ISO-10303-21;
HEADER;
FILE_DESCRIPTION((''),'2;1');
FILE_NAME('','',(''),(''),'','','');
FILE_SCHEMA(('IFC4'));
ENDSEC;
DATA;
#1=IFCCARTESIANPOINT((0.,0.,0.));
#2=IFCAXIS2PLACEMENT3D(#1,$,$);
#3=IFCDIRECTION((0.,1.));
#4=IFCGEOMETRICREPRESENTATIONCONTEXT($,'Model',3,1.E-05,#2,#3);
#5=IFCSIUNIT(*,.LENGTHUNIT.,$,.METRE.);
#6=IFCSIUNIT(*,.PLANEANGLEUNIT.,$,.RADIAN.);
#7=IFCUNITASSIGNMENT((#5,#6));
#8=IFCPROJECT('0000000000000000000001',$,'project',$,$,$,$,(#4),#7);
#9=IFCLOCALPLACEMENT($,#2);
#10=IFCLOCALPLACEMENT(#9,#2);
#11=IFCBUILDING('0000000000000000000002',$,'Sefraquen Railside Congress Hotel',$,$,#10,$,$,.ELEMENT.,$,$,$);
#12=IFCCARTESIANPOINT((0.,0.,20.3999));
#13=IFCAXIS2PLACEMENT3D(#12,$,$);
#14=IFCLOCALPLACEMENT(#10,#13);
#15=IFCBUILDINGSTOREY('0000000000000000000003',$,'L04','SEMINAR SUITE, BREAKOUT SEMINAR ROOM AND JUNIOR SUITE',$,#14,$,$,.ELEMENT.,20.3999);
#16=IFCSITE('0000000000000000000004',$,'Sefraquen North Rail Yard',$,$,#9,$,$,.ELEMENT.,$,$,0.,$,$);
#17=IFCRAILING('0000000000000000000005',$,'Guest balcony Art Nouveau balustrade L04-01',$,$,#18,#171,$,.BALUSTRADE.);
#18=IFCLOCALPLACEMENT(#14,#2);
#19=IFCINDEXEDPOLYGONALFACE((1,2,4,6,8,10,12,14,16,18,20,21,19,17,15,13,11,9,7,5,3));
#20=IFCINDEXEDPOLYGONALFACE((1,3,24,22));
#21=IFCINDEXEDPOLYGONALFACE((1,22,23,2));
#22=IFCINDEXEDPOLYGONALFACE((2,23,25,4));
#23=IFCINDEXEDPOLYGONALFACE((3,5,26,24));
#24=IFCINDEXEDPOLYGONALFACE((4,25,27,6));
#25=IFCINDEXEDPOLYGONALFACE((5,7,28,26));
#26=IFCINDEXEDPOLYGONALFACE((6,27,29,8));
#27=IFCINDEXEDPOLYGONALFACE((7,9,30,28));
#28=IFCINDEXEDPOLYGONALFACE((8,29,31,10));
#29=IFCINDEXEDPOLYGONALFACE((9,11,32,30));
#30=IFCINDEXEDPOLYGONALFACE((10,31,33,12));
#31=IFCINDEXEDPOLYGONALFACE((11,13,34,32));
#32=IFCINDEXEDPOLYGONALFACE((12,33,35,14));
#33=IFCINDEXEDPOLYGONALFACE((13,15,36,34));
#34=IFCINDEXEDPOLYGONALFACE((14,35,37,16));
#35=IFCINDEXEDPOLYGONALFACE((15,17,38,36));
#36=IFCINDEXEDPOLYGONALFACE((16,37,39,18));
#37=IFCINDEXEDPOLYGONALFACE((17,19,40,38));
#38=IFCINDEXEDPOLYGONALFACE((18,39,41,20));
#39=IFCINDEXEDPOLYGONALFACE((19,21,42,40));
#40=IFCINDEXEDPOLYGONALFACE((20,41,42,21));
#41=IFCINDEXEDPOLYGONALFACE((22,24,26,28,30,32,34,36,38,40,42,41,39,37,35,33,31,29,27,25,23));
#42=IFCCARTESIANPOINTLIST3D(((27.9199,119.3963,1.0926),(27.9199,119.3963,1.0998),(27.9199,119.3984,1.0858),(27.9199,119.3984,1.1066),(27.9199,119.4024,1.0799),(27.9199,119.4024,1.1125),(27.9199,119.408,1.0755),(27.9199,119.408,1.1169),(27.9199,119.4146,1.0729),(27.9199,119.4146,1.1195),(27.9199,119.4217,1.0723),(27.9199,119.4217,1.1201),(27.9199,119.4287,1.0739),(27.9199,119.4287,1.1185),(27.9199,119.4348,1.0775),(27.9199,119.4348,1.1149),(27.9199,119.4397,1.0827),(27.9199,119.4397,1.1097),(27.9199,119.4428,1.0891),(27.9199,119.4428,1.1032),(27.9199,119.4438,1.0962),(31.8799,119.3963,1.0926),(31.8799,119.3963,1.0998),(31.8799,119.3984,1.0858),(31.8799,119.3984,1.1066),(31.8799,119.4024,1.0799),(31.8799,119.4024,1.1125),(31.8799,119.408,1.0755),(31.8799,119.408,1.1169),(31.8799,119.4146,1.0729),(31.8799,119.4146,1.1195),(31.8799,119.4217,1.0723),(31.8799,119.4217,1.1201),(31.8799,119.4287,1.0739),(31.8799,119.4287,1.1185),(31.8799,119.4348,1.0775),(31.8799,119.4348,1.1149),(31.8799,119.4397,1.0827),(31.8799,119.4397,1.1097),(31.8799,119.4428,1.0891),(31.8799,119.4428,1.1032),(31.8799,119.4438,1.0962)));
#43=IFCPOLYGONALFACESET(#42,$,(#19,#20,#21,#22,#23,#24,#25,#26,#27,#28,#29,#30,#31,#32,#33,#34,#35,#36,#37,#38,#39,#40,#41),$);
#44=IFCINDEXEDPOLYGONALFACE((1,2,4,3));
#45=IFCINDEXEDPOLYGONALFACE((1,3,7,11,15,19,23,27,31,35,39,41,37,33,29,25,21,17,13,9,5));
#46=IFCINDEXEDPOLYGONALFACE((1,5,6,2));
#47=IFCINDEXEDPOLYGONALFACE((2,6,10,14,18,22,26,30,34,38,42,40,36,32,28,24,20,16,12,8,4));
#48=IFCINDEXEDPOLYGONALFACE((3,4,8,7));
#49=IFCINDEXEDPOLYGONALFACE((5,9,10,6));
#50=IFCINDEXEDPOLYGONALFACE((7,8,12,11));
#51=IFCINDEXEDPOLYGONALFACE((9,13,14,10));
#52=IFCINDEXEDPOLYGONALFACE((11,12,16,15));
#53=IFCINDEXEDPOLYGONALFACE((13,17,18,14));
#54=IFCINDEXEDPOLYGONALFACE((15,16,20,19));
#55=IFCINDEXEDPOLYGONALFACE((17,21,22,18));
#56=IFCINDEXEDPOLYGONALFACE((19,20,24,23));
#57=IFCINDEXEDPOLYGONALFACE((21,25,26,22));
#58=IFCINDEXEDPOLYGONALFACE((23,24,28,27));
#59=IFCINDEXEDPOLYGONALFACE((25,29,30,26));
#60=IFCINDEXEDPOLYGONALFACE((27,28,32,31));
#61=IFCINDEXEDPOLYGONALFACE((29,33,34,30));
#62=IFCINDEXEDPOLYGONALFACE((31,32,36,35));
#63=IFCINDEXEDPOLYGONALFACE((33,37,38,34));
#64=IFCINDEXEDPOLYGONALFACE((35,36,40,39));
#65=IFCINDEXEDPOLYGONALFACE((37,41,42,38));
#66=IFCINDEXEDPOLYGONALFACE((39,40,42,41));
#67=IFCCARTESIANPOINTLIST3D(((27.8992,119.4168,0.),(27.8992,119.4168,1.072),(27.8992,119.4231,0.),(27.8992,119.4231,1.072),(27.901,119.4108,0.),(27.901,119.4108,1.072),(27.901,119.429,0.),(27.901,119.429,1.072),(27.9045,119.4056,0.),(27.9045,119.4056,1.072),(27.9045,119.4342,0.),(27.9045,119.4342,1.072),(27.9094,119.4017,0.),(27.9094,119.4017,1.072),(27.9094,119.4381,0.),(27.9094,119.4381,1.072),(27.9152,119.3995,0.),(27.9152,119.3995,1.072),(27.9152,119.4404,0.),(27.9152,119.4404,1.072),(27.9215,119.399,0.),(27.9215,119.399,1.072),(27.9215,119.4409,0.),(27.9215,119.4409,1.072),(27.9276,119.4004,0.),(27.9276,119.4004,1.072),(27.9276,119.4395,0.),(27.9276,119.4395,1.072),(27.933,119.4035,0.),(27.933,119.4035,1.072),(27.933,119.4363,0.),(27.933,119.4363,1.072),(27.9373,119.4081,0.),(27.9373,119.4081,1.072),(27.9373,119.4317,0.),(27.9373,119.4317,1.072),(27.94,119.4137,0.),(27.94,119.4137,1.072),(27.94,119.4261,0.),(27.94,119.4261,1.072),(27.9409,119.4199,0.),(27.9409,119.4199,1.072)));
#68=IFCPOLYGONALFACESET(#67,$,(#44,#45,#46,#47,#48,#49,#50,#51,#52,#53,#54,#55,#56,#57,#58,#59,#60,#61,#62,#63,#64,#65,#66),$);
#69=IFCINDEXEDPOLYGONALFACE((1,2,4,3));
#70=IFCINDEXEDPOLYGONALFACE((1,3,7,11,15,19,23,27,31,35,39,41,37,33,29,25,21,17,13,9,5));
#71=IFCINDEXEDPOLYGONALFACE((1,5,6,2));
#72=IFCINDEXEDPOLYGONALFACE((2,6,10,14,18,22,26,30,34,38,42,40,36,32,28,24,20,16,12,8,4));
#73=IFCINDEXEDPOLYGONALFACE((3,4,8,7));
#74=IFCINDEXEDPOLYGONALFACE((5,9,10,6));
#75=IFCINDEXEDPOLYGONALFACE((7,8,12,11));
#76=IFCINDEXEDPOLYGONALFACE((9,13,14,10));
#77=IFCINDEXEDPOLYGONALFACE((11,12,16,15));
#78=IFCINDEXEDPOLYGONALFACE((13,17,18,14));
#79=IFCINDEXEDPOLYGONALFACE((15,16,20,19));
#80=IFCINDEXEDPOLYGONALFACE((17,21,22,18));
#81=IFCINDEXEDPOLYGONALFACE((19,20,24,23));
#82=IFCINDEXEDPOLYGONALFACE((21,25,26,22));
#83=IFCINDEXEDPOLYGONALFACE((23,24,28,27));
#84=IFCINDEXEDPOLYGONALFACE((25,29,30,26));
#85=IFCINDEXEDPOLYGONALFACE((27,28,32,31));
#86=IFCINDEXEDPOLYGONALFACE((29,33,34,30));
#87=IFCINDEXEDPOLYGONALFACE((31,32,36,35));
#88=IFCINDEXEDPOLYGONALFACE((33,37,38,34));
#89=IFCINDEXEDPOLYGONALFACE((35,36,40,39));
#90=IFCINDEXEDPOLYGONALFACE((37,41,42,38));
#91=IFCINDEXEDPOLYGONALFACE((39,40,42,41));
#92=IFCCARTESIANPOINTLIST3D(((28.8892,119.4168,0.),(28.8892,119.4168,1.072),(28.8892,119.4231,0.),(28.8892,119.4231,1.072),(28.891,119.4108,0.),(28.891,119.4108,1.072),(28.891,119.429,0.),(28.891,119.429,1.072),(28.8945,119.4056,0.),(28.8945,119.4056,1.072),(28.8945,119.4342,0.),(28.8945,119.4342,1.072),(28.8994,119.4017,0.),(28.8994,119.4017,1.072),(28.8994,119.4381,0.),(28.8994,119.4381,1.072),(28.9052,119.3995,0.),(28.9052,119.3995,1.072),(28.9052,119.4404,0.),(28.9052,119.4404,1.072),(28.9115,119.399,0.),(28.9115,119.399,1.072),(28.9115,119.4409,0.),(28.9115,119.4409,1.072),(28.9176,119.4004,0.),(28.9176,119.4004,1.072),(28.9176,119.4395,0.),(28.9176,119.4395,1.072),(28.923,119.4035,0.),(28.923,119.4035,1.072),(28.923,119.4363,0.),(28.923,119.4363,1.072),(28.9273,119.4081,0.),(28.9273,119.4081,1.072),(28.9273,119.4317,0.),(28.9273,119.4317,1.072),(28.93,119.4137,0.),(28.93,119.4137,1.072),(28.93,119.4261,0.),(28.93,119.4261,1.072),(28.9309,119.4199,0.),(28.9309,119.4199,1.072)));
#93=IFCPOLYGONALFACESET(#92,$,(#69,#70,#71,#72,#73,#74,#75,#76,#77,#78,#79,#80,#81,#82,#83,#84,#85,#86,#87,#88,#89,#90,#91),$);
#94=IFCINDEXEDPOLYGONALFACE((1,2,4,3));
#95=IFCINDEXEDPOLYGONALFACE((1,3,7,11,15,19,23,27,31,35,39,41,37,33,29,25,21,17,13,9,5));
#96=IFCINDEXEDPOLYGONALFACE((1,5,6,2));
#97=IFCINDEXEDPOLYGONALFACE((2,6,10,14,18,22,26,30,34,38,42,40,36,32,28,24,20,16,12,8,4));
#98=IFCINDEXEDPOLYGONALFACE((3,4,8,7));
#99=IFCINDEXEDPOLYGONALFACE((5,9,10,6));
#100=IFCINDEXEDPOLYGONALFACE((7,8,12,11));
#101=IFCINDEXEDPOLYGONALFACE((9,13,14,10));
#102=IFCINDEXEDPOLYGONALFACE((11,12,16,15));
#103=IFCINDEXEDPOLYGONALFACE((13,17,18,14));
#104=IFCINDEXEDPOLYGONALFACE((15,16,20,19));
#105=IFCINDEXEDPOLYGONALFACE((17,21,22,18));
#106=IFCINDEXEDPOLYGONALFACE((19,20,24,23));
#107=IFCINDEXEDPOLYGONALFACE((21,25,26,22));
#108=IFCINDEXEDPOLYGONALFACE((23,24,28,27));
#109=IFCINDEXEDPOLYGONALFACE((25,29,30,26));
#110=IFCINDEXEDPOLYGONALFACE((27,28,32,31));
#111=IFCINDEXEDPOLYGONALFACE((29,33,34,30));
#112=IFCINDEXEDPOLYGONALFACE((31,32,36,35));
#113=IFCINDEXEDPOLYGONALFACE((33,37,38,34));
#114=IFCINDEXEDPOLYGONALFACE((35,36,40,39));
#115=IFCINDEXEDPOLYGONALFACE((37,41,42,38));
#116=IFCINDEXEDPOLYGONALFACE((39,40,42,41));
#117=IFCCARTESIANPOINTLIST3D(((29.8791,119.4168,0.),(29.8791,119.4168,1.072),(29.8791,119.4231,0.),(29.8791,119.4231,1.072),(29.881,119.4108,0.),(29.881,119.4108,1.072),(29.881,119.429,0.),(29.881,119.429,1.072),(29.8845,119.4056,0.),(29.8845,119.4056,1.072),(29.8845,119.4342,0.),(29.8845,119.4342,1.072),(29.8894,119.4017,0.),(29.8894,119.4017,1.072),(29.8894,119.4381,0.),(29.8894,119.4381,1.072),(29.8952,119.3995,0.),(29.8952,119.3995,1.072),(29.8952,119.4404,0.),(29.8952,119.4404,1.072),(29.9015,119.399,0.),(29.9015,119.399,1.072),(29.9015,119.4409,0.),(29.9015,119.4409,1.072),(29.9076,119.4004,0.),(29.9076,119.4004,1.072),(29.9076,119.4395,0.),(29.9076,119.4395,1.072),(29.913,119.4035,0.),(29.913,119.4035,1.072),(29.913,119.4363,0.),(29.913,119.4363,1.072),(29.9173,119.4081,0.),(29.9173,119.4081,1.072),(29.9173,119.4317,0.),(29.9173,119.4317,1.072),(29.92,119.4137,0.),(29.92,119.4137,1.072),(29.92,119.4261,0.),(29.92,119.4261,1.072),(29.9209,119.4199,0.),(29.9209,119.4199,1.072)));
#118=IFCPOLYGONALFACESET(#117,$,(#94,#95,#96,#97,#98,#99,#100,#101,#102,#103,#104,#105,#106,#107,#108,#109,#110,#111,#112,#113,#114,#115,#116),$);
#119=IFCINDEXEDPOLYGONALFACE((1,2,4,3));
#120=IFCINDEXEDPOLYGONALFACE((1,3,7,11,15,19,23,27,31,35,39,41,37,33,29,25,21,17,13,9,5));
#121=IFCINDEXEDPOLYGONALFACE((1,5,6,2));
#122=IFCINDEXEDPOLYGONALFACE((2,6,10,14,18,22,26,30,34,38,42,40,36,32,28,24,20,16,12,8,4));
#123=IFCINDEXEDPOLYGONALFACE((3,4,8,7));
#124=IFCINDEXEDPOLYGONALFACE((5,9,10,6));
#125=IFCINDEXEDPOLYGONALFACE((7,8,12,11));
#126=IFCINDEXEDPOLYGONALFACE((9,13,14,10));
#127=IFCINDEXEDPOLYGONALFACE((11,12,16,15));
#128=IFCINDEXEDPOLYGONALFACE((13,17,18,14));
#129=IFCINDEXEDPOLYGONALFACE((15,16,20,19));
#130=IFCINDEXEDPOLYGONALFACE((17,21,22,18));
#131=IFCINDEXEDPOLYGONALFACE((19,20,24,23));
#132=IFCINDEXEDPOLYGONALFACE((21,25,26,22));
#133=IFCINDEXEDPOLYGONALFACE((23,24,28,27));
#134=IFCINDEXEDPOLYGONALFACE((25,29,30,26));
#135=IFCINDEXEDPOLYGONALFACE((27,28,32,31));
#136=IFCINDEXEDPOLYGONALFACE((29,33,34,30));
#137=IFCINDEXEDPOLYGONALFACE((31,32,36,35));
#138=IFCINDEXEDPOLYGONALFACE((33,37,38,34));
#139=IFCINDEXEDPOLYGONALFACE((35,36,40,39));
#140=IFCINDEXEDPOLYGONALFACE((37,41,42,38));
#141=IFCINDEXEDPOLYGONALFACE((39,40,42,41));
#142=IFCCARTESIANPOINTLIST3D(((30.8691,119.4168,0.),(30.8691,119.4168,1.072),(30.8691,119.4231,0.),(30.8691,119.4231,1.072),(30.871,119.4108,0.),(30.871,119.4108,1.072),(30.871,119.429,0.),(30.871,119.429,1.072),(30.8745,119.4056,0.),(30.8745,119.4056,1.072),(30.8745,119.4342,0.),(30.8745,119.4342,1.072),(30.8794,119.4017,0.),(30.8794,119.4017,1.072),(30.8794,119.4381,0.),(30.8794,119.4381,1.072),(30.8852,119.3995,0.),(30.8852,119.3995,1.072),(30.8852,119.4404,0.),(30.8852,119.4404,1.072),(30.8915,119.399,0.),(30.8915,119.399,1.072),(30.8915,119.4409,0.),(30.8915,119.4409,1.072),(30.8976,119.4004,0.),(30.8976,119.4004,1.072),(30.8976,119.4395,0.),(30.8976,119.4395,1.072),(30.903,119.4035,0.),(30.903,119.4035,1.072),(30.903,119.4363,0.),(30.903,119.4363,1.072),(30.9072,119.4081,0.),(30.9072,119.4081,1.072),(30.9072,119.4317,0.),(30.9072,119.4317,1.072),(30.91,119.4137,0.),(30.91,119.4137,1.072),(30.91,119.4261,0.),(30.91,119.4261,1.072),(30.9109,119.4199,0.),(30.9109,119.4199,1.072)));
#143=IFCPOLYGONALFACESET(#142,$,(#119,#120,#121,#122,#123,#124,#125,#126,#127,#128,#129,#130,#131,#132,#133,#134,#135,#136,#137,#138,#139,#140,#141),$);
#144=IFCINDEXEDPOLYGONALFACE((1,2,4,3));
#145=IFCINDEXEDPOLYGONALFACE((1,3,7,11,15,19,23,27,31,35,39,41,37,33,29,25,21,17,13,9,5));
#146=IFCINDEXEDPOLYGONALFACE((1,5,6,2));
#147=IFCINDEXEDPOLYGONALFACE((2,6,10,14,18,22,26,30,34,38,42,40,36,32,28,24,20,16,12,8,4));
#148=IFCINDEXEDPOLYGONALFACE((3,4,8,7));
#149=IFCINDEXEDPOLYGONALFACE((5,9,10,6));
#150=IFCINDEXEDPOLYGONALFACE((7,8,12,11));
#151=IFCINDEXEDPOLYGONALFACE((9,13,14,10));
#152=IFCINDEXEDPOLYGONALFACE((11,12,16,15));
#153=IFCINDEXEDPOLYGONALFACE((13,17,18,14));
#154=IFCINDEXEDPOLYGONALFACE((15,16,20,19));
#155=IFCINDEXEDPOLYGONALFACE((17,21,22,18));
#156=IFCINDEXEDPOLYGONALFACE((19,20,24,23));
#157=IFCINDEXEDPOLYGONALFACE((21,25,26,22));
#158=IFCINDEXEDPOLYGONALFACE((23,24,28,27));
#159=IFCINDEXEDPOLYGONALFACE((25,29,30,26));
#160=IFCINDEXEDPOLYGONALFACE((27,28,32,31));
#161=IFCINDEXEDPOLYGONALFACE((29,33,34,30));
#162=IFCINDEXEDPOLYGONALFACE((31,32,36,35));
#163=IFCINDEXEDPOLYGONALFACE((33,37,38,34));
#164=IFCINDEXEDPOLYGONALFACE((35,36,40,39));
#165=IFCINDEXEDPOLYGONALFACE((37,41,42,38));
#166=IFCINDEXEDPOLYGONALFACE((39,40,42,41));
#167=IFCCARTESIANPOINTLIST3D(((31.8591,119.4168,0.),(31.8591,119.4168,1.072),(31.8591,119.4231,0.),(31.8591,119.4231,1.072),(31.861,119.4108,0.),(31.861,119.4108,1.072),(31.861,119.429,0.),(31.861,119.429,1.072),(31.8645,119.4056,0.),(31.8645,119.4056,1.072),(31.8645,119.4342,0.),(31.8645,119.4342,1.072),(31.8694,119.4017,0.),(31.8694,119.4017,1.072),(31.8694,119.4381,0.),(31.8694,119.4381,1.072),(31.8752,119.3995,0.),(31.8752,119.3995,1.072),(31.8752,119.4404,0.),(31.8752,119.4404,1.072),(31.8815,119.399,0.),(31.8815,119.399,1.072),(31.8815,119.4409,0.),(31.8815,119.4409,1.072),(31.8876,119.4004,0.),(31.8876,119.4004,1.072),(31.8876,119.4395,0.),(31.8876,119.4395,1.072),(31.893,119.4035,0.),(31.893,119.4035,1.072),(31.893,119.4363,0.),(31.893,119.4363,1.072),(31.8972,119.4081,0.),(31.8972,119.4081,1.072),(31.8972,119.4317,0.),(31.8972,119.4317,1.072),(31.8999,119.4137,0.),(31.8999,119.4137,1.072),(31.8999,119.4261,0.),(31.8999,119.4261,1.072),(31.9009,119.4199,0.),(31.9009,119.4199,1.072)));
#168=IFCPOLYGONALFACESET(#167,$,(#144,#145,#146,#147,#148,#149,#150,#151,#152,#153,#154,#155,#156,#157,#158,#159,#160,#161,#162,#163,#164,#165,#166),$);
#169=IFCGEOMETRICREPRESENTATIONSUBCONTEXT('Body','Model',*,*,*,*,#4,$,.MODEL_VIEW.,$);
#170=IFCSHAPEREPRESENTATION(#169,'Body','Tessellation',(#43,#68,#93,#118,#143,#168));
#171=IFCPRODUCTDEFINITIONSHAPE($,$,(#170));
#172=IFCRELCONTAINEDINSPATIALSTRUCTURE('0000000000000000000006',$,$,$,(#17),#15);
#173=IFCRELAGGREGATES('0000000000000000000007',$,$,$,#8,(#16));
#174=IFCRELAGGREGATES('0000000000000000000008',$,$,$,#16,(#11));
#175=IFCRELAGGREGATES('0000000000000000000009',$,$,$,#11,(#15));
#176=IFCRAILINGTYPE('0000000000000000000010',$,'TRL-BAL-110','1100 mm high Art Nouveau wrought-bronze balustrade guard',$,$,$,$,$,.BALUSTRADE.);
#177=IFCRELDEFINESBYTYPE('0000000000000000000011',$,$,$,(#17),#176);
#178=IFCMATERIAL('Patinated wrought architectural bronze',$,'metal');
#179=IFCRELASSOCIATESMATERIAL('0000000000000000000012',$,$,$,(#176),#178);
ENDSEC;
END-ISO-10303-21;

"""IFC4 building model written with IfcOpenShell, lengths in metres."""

from ifc_helpers import new_model, si_unit, direction, frame, origin, origin_2d, place, context, subcontext, project, spatial, circle, extrude, material, type_object, element, save


model = new_model("IFC4")

# Units and contexts
model_context = context("Model", 3, precision=1e-05, world=origin(), true_north=direction((0.0, 1.0)))
body_context = subcontext(model_context, "Body", "Model", "MODEL_VIEW")
ifc_project = project(units=[si_unit("LENGTHUNIT", "METRE"), si_unit("PLANEANGLEUNIT", "RADIAN")], contexts=[model_context])

# Site, building, storey
site_placement = place(None, origin())
site = spatial("IfcSite", under=ifc_project, at=site_placement, Name="Sefraquen North Rail Yard", CompositionType="ELEMENT", RefElevation=0.0)
building_placement = place(site_placement, origin())
building = spatial("IfcBuilding", under=site, at=building_placement, Name="Sefraquen Railside Congress Hotel", CompositionType="ELEMENT")
storey_placement = place(building_placement, frame((0.0, 0.0, 20.3999)))
storey = spatial("IfcBuildingStorey", under=building, at=storey_placement, Name="L04", Description="SEMINAR SUITE, BREAKOUT SEMINAR ROOM AND JUNIOR SUITE", CompositionType="ELEMENT", Elevation=20.3999)

# Railing
ifc_material_1 = material(Name="Patinated wrought architectural bronze", Category="metal")
railing_type = type_object("IfcRailingType", Name="TRL-BAL-110", Description="1100 mm high Art Nouveau wrought-bronze balustrade guard", PredefinedType="BALUSTRADE", material=ifc_material_1)
railing_1_placement = place(storey_placement, frame((27.9199, 119.4199, 0.0)))
element("IfcRailing", 1, at=railing_1_placement, inside=storey, type_object=railing_type, Name="Guest balcony Art Nouveau balustrade L04-01", PredefinedType="BALUSTRADE", context=body_context, shape_type="SweptSolid", body=[
    extrude(circle(Radius=0.0239, at=origin_2d()), frame((0.0, 0.0, 1.0962), z_axis=(1.0, 0.0, 0.0), x_axis=(0.0, 1.0, 0.0)), (0.0, 0.0, 1.0), 3.96),
    extrude(circle(Radius=0.021, at=origin_2d()), origin(), (0.0, 0.0, 1.0), 1.072),
    extrude(circle(Radius=0.021, at=origin_2d()), frame((0.99, 0.0, 0.0)), (0.0, 0.0, 1.0), 1.072),
    extrude(circle(Radius=0.021, at=origin_2d()), frame((1.98, 0.0, 0.0)), (0.0, 0.0, 1.0), 1.072),
    extrude(circle(Radius=0.021, at=origin_2d()), frame((2.97, 0.0, 0.0)), (0.0, 0.0, 1.0), 1.072),
    extrude(circle(Radius=0.021, at=origin_2d()), frame((3.96, 0.0, 0.0)), (0.0, 0.0, 1.0), 1.072),
])

save(model, "model.ifc")
